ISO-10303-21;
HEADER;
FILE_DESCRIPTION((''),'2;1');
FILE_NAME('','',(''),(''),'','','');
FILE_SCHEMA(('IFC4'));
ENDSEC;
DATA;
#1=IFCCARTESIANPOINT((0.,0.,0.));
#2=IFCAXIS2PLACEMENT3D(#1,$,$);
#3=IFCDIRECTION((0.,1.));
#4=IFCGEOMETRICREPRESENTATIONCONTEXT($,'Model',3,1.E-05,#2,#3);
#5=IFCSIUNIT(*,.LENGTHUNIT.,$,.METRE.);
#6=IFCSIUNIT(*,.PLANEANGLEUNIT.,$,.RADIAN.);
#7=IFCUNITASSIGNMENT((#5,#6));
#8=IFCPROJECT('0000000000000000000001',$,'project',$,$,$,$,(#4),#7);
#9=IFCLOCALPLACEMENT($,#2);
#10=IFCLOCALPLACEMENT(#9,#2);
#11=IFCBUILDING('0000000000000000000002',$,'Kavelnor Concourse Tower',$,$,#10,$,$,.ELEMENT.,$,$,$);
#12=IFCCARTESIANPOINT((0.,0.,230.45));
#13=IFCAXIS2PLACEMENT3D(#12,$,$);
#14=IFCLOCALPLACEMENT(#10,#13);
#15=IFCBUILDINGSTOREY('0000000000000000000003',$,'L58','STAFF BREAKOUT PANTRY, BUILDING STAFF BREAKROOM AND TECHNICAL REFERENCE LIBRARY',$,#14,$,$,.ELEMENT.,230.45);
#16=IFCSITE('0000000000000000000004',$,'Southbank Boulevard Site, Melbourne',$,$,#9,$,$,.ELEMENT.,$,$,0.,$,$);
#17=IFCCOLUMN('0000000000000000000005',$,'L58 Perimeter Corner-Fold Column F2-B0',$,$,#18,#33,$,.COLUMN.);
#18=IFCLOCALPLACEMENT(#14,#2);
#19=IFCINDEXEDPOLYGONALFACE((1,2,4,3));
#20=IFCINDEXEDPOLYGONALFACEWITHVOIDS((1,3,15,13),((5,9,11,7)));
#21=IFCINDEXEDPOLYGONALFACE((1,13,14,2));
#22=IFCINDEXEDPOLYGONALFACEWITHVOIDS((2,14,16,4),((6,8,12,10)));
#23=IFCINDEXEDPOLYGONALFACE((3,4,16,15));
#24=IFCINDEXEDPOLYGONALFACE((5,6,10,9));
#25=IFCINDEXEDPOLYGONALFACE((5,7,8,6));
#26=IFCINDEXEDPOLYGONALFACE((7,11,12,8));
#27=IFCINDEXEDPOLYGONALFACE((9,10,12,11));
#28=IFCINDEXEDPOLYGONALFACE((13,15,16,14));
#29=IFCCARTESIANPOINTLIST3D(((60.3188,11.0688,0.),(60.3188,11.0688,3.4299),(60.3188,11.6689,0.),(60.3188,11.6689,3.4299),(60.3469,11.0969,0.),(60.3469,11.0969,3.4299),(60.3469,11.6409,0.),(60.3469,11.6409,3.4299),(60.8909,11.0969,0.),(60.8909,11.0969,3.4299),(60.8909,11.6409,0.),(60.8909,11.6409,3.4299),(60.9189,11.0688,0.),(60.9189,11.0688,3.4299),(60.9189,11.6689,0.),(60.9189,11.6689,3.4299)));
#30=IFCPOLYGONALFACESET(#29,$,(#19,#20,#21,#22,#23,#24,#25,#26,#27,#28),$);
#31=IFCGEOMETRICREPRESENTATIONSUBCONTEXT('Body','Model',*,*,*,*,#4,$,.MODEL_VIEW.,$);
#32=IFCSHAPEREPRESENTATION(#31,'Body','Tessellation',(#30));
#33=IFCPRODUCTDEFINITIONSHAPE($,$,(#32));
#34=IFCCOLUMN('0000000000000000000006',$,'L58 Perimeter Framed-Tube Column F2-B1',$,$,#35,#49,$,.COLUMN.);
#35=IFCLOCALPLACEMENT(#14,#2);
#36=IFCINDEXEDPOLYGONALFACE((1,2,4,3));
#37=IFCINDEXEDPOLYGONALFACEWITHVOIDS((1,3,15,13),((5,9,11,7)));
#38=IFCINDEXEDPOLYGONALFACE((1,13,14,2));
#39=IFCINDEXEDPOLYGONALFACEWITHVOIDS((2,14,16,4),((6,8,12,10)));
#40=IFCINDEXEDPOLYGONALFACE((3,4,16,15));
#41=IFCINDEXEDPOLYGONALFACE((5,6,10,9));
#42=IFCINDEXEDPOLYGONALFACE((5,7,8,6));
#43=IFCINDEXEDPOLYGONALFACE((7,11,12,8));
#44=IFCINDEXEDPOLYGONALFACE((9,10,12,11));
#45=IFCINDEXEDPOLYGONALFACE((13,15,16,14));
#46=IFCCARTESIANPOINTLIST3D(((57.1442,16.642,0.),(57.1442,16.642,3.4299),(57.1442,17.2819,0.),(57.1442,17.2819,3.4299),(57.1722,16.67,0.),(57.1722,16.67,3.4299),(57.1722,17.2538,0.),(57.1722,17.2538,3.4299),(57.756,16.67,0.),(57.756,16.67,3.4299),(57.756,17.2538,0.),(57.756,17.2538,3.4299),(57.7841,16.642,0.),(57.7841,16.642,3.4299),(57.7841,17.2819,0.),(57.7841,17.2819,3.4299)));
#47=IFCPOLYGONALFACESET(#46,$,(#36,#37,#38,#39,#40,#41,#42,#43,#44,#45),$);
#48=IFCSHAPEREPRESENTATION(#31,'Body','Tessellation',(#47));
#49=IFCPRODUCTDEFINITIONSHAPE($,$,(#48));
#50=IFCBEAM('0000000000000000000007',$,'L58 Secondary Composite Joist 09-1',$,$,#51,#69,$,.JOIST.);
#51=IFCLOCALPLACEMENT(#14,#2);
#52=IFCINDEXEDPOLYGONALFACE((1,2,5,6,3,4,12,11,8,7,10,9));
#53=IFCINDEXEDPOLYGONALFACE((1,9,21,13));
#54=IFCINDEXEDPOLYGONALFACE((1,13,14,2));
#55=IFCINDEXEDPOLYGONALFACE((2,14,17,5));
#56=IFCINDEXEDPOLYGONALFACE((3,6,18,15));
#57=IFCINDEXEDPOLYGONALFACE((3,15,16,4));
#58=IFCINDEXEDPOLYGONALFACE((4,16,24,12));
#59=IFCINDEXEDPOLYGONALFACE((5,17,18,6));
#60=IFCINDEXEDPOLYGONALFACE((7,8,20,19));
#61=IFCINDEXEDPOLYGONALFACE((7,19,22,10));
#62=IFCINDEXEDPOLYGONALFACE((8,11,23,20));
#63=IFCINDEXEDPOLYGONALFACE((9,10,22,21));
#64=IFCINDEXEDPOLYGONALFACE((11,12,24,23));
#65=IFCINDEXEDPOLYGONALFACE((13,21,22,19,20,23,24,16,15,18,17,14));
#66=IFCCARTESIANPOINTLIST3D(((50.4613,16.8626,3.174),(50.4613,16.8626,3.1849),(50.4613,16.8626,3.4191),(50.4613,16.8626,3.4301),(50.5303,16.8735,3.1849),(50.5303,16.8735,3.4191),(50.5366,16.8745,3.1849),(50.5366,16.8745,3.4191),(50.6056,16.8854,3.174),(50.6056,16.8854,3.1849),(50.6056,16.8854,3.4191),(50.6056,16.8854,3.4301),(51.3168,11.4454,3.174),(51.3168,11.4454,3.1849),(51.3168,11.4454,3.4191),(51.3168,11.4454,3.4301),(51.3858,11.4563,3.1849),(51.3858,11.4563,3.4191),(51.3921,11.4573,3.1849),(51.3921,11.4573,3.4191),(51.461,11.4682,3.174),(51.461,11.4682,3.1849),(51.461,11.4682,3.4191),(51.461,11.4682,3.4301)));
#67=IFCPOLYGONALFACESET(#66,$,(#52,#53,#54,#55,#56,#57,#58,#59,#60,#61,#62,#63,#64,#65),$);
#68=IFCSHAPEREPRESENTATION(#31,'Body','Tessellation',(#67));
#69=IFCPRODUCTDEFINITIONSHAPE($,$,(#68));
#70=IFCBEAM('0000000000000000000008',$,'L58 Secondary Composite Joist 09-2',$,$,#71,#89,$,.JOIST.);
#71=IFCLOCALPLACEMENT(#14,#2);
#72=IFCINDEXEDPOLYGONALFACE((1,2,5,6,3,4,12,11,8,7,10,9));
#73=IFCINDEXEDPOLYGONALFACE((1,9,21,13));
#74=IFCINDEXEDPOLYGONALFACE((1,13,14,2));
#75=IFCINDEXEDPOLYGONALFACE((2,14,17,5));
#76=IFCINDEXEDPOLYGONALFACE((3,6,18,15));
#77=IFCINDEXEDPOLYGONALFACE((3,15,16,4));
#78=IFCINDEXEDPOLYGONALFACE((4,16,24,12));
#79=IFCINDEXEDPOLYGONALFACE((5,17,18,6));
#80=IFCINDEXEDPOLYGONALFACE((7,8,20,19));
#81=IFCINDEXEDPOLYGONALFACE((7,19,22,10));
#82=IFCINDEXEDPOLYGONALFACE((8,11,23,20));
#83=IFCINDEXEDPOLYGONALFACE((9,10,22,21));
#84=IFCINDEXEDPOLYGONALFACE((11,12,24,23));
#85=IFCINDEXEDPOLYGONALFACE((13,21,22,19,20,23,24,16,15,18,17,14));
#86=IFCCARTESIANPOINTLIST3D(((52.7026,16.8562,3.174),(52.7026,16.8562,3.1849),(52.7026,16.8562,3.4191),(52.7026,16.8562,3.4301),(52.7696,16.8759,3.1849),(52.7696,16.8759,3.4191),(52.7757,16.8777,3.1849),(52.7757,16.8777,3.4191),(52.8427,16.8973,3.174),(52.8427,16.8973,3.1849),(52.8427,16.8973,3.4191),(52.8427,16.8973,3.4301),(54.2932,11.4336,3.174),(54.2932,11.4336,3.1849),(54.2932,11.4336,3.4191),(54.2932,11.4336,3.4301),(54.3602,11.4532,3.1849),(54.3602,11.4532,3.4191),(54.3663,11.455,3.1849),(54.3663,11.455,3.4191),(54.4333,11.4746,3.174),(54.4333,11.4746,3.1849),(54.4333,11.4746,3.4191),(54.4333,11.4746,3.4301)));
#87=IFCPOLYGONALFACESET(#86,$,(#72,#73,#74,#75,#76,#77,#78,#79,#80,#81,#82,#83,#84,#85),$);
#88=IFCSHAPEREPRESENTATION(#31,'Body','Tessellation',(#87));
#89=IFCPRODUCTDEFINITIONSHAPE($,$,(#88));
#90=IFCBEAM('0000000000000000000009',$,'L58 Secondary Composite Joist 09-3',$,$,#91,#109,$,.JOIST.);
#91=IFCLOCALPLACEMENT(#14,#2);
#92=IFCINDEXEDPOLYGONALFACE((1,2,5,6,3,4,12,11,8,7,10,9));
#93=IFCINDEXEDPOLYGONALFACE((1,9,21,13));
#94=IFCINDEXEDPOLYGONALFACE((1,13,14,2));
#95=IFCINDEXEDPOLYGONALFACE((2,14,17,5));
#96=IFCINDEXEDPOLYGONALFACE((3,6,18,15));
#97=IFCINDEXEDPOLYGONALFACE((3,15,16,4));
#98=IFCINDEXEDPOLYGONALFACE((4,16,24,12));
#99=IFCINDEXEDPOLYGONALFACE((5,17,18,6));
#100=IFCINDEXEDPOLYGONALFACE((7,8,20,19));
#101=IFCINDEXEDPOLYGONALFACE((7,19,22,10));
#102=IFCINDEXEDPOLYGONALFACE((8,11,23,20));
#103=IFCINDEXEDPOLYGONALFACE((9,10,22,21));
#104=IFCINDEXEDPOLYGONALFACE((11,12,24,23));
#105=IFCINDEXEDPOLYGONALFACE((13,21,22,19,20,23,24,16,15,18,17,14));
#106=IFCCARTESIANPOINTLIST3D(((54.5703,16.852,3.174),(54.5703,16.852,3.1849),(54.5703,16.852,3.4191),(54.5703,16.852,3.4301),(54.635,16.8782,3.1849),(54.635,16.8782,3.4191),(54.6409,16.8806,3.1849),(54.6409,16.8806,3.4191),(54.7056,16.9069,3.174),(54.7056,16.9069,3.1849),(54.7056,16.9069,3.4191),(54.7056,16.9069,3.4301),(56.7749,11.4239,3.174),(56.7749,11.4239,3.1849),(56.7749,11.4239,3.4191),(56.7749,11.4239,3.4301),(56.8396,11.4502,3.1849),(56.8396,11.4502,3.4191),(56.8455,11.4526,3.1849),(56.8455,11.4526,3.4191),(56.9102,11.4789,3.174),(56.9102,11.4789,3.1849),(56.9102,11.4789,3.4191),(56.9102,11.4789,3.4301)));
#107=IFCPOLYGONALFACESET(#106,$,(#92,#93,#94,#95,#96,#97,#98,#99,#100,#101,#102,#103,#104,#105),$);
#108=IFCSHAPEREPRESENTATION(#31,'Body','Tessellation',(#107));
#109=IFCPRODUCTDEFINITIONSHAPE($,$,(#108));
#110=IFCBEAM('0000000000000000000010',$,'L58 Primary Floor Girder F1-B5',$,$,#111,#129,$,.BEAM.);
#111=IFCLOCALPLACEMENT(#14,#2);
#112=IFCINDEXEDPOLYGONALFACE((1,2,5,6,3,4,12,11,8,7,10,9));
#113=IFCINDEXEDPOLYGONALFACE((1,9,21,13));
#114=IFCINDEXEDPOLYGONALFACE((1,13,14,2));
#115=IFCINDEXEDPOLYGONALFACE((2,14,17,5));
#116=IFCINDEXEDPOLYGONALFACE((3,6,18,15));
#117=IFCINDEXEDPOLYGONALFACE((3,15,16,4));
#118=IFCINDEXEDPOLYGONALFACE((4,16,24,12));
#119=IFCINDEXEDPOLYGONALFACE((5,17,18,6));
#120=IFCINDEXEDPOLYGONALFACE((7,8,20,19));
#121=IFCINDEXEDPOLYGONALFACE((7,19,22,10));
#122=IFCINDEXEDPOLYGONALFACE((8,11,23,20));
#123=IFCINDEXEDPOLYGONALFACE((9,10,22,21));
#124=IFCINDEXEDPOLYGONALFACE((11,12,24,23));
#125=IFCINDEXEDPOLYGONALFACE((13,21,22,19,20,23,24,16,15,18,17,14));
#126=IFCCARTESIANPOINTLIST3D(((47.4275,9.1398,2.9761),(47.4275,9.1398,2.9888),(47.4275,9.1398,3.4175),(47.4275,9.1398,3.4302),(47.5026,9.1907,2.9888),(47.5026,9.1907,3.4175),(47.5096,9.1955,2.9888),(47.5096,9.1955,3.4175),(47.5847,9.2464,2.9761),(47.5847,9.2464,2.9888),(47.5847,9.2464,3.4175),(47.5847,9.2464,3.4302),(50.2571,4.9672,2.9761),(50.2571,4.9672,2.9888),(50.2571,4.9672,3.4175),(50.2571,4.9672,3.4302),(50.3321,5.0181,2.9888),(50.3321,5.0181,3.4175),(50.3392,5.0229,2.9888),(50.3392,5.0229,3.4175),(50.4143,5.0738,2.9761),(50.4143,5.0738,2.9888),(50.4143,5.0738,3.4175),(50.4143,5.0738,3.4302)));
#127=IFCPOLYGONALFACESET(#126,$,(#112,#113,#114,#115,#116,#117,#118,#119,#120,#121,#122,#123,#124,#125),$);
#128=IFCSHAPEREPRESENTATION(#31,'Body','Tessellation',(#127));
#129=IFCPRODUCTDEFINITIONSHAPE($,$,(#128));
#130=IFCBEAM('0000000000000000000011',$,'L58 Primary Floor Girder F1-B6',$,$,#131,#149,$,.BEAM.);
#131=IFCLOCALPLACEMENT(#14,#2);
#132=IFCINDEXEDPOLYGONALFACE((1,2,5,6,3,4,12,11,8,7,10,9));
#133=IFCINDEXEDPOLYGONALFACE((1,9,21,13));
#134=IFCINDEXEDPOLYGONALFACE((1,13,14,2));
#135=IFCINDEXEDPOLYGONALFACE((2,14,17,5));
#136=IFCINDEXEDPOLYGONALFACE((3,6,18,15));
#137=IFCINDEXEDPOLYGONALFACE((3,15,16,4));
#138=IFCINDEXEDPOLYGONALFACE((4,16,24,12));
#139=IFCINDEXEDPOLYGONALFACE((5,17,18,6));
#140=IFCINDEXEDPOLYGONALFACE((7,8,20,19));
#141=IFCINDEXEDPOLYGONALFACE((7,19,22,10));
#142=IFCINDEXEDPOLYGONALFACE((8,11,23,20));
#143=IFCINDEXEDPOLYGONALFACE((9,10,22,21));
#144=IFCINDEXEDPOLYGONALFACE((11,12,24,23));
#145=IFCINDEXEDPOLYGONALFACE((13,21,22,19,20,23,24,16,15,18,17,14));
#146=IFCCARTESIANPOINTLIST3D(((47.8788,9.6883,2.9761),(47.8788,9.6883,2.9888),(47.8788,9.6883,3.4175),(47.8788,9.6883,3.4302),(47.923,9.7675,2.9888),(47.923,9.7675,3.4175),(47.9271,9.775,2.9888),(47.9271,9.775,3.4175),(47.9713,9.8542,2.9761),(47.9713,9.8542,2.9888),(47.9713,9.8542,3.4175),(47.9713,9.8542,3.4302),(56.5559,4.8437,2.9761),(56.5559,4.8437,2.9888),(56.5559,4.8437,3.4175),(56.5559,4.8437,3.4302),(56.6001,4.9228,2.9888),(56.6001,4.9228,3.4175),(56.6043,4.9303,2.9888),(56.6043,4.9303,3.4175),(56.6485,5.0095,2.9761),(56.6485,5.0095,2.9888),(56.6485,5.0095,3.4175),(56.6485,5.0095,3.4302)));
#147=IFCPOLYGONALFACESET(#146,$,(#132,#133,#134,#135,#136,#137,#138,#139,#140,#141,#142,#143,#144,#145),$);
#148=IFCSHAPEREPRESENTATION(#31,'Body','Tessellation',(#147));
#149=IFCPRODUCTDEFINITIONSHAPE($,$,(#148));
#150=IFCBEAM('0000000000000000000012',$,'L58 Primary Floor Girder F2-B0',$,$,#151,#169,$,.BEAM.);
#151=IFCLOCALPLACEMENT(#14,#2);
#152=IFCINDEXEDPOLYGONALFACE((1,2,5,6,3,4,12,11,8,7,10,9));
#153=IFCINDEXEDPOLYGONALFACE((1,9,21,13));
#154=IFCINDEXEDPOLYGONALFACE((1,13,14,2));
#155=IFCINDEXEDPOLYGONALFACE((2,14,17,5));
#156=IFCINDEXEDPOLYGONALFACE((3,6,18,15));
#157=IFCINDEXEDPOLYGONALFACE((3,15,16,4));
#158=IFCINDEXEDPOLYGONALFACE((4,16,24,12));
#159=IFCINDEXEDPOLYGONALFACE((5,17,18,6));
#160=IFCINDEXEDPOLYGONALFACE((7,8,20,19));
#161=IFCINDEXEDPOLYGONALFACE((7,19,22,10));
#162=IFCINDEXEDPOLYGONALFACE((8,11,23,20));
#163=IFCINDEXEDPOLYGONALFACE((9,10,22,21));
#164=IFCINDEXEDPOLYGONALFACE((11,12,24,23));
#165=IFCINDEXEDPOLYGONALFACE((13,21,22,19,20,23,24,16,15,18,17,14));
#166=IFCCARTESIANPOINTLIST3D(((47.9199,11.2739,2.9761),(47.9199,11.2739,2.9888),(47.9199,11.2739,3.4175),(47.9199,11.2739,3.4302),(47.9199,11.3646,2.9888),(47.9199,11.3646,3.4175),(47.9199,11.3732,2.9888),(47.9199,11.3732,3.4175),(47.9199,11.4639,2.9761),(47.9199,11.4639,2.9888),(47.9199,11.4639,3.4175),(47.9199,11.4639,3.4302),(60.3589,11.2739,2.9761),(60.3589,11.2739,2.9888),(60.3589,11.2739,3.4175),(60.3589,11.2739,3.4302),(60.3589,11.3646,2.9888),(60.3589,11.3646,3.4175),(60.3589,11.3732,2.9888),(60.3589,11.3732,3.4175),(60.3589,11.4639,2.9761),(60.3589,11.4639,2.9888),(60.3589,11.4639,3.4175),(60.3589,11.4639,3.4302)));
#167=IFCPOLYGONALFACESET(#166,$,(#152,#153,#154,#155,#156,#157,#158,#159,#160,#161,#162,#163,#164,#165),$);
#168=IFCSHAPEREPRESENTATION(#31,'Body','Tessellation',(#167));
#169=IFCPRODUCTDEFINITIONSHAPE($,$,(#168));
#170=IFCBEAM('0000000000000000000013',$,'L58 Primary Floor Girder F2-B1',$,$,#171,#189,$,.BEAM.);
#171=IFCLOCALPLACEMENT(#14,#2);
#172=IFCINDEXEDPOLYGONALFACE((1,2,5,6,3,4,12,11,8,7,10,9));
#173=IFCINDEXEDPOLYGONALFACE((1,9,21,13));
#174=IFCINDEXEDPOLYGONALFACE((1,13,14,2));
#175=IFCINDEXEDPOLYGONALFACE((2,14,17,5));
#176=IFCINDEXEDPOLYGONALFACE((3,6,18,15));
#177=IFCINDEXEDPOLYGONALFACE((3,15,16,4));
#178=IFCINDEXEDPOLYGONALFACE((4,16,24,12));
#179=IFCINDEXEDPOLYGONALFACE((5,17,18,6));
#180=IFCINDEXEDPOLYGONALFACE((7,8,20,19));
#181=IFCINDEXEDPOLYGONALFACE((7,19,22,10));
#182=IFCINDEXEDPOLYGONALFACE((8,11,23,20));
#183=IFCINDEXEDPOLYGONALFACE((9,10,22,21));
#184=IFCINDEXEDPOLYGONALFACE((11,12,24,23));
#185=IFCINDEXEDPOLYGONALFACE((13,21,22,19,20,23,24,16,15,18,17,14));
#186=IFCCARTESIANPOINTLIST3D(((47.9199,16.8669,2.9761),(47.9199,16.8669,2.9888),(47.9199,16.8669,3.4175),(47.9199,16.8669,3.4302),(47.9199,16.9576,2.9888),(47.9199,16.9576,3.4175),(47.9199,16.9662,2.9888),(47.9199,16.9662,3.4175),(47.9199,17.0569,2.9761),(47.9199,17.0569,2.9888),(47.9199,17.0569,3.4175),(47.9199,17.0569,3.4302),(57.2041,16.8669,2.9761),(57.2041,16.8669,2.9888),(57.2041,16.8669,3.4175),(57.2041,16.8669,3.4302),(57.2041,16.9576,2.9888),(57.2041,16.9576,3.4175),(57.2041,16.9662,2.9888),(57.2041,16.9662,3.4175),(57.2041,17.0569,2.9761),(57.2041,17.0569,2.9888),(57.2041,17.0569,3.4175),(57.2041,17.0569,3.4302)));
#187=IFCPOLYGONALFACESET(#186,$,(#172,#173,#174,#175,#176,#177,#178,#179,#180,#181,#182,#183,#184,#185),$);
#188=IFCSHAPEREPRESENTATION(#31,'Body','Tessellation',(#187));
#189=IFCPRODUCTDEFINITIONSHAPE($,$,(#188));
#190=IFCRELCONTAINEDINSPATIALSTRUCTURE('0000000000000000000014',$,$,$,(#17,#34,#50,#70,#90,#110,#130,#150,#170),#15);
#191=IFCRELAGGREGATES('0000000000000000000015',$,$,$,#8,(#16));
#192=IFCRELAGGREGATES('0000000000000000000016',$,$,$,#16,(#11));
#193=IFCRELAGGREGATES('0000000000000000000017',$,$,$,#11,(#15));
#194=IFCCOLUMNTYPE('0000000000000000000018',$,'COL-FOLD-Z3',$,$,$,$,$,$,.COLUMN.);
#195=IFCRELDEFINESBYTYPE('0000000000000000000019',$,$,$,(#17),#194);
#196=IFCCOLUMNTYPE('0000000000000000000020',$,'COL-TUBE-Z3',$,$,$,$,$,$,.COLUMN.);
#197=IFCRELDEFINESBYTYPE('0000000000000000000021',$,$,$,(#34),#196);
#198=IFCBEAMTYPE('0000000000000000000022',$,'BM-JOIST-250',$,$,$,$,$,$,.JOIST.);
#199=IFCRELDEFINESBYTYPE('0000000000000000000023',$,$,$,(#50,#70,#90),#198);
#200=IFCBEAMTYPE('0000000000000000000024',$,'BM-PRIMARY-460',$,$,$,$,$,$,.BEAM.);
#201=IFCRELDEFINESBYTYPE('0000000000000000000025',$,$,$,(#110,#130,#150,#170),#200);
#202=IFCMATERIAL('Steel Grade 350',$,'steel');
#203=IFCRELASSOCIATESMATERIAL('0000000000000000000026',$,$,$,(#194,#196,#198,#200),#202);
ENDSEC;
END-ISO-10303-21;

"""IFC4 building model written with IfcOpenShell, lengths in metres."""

from ifc_helpers import new_model, si_unit, direction, frame, origin, origin_2d, place, context, subcontext, project, spatial, hollow_rectangle, i_section, extrude, material, material_profile, profile_set, type_object, element, save


model = new_model("IFC4")

# Units and contexts
model_context = context("Model", 3, precision=1e-05, world=origin(), true_north=direction((0.0, 1.0)))
body_context = subcontext(model_context, "Body", "Model", "MODEL_VIEW")
ifc_project = project(units=[si_unit("LENGTHUNIT", "METRE"), si_unit("PLANEANGLEUNIT", "RADIAN")], contexts=[model_context])

# Site, building, storey
site_placement = place(None, origin())
site = spatial("IfcSite", under=ifc_project, at=site_placement, Name="Southbank Boulevard Site, Melbourne", CompositionType="ELEMENT", RefElevation=0.0)
building_placement = place(site_placement, origin())
building = spatial("IfcBuilding", under=site, at=building_placement, Name="Kavelnor Concourse Tower", CompositionType="ELEMENT")
storey_placement = place(building_placement, frame((0.0, 0.0, 230.45)))
storey = spatial("IfcBuildingStorey", under=building, at=storey_placement, Name="L58", Description="STAFF BREAKOUT PANTRY, BUILDING STAFF BREAKROOM AND TECHNICAL REFERENCE LIBRARY", CompositionType="ELEMENT", Elevation=230.45)

# Columns
ifc_material_1 = material(Name="Steel Grade 350", Category="steel")
ifc_material_profile_1 = material_profile(ifc_material_1, hollow_rectangle(XDim=0.6001, YDim=0.6001, WallThickness=0.0281, at=origin_2d()), Name="SHS 600x600x28")
ifc_profile_set_1 = profile_set([ifc_material_profile_1], Name="Steel Grade 350")
column_type_1 = type_object("IfcColumnType", Name="COL-FOLD-Z3", PredefinedType="COLUMN", material=ifc_profile_set_1)
column_1_placement = place(storey_placement, frame((60.6189, 11.3689, 0.0), z_axis=(0.0, 0.0, 1.0), x_axis=(1.0, 0.0, 0.0)))
element("IfcColumn", 1, at=column_1_placement, inside=storey, type_object=column_type_1, Name="L58 Perimeter Corner-Fold Column F2-B0", PredefinedType="COLUMN", context=body_context, shape_type="SweptSolid", body=[
    extrude(hollow_rectangle(XDim=0.6001, YDim=0.6001, WallThickness=0.0281, at=origin_2d()), origin(), (0.0, 0.0, 1.0), 3.4299),
])
ifc_material_profile_2 = material_profile(ifc_material_1, hollow_rectangle(XDim=0.6399, YDim=0.6399, WallThickness=0.0281, at=origin_2d()), Name="SHS 640x640x28")
ifc_profile_set_2 = profile_set([ifc_material_profile_2], Name="Steel Grade 350")
column_type_2 = type_object("IfcColumnType", Name="COL-TUBE-Z3", PredefinedType="COLUMN", material=ifc_profile_set_2)
column_2_placement = place(storey_placement, frame((57.4641, 16.9619, 0.0), z_axis=(0.0, 0.0, 1.0), x_axis=(1.0, 0.0, 0.0)))
element("IfcColumn", 2, at=column_2_placement, inside=storey, type_object=column_type_2, Name="L58 Perimeter Framed-Tube Column F2-B1", PredefinedType="COLUMN", context=body_context, shape_type="SweptSolid", body=[
    extrude(hollow_rectangle(XDim=0.6399, YDim=0.6399, WallThickness=0.0281, at=origin_2d()), origin(), (0.0, 0.0, 1.0), 3.4299),
])

# Beams
ifc_material_profile_3 = material_profile(ifc_material_1, i_section(OverallWidth=0.146, OverallDepth=0.2561, WebThickness=0.0063, FlangeThickness=0.011, at=origin_2d()), Name="250UB37")
ifc_profile_set_3 = profile_set([ifc_material_profile_3], Name="Steel Grade 350")
beam_type_1 = type_object("IfcBeamType", Name="BM-JOIST-250", PredefinedType="JOIST", material=ifc_profile_set_3)
beam_1_placement = place(storey_placement, frame((51.3889, 11.4568, 3.302), z_axis=(-0.155983, 0.98776, 0.0), x_axis=(-0.98776, -0.155983, 0.0)))
element("IfcBeam", 3, at=beam_1_placement, inside=storey, type_object=beam_type_1, Name="L58 Secondary Composite Joist 09-1", PredefinedType="JOIST", context=body_context, shape_type="SweptSolid", body=[
    extrude(i_section(OverallWidth=0.146, OverallDepth=0.2561, WebThickness=0.0063, FlangeThickness=0.011, at=origin_2d()), origin(), (0.0, 0.0, 1.0), 5.4844),
])
beam_2_placement = place(storey_placement, frame((54.3633, 11.4541, 3.302), z_axis=(-0.281465, 0.959572, 0.0), x_axis=(-0.959572, -0.281465, 0.0)))
element("IfcBeam", 4, at=beam_2_placement, inside=storey, type_object=beam_type_1, Name="L58 Secondary Composite Joist 09-2", PredefinedType="JOIST", context=body_context, shape_type="SweptSolid", body=[
    extrude(i_section(OverallWidth=0.146, OverallDepth=0.2561, WebThickness=0.0063, FlangeThickness=0.011, at=origin_2d()), origin(), (0.0, 0.0, 1.0), 5.6511),
])
beam_3_placement = place(storey_placement, frame((56.8425, 11.4514, 3.302), z_axis=(-0.3763, 0.926498, 0.0), x_axis=(-0.926498, -0.3763, 0.0)))
element("IfcBeam", 5, at=beam_3_placement, inside=storey, type_object=beam_type_1, Name="L58 Secondary Composite Joist 09-3", PredefinedType="JOIST", context=body_context, shape_type="SweptSolid", body=[
    extrude(i_section(OverallWidth=0.146, OverallDepth=0.2561, WebThickness=0.0063, FlangeThickness=0.011, at=origin_2d()), origin(), (0.0, 0.0, 1.0), 5.8586),
])
ifc_material_profile_4 = material_profile(ifc_material_1, i_section(OverallWidth=0.1899, OverallDepth=0.4541, WebThickness=0.0085, FlangeThickness=0.0127, at=origin_2d()), Name="460UB67")
ifc_profile_set_4 = profile_set([ifc_material_profile_4], Name="Steel Grade 350")
beam_type_2 = type_object("IfcBeamType", Name="BM-PRIMARY-460", PredefinedType="BEAM", material=ifc_profile_set_4)
beam_4_placement = place(storey_placement, frame((47.5061, 9.1931, 3.2031), z_axis=(0.561254, -0.827644, 0.0), x_axis=(0.827644, 0.561254, 0.0)))
element("IfcBeam", 6, at=beam_4_placement, inside=storey, type_object=beam_type_2, Name="L58 Primary Floor Girder F1-B5", PredefinedType="BEAM", context=body_context, shape_type="SweptSolid", body=[
    extrude(i_section(OverallWidth=0.1899, OverallDepth=0.4541, WebThickness=0.0085, FlangeThickness=0.0127, at=origin_2d()), origin(), (0.0, 0.0, 1.0), 5.0415),
])
beam_5_placement = place(storey_placement, frame((47.925, 9.7712, 3.2031), z_axis=(0.873129, -0.48749, 0.0), x_axis=(0.48749, 0.873129, 0.0)))
element("IfcBeam", 7, at=beam_5_placement, inside=storey, type_object=beam_type_2, Name="L58 Primary Floor Girder F1-B6", PredefinedType="BEAM", context=body_context, shape_type="SweptSolid", body=[
    extrude(i_section(OverallWidth=0.1899, OverallDepth=0.4541, WebThickness=0.0085, FlangeThickness=0.0127, at=origin_2d()), origin(), (0.0, 0.0, 1.0), 9.938),
])
beam_6_placement = place(storey_placement, frame((47.9199, 11.3689, 3.2031), z_axis=(1.0, 0.0, 0.0), x_axis=(0.0, 1.0, 0.0)))
element("IfcBeam", 8, at=beam_6_placement, inside=storey, type_object=beam_type_2, Name="L58 Primary Floor Girder F2-B0", PredefinedType="BEAM", context=body_context, shape_type="SweptSolid", body=[
    extrude(i_section(OverallWidth=0.1899, OverallDepth=0.4541, WebThickness=0.0085, FlangeThickness=0.0127, at=origin_2d()), origin(), (0.0, 0.0, 1.0), 12.439),
])
beam_7_placement = place(storey_placement, frame((47.9199, 16.9619, 3.2031), z_axis=(1.0, 0.0, 0.0), x_axis=(0.0, 1.0, 0.0)))
element("IfcBeam", 9, at=beam_7_placement, inside=storey, type_object=beam_type_2, Name="L58 Primary Floor Girder F2-B1", PredefinedType="BEAM", context=body_context, shape_type="SweptSolid", body=[
    extrude(i_section(OverallWidth=0.1899, OverallDepth=0.4541, WebThickness=0.0085, FlangeThickness=0.0127, at=origin_2d()), origin(), (0.0, 0.0, 1.0), 9.2842),
])

save(model, "model.ifc")
